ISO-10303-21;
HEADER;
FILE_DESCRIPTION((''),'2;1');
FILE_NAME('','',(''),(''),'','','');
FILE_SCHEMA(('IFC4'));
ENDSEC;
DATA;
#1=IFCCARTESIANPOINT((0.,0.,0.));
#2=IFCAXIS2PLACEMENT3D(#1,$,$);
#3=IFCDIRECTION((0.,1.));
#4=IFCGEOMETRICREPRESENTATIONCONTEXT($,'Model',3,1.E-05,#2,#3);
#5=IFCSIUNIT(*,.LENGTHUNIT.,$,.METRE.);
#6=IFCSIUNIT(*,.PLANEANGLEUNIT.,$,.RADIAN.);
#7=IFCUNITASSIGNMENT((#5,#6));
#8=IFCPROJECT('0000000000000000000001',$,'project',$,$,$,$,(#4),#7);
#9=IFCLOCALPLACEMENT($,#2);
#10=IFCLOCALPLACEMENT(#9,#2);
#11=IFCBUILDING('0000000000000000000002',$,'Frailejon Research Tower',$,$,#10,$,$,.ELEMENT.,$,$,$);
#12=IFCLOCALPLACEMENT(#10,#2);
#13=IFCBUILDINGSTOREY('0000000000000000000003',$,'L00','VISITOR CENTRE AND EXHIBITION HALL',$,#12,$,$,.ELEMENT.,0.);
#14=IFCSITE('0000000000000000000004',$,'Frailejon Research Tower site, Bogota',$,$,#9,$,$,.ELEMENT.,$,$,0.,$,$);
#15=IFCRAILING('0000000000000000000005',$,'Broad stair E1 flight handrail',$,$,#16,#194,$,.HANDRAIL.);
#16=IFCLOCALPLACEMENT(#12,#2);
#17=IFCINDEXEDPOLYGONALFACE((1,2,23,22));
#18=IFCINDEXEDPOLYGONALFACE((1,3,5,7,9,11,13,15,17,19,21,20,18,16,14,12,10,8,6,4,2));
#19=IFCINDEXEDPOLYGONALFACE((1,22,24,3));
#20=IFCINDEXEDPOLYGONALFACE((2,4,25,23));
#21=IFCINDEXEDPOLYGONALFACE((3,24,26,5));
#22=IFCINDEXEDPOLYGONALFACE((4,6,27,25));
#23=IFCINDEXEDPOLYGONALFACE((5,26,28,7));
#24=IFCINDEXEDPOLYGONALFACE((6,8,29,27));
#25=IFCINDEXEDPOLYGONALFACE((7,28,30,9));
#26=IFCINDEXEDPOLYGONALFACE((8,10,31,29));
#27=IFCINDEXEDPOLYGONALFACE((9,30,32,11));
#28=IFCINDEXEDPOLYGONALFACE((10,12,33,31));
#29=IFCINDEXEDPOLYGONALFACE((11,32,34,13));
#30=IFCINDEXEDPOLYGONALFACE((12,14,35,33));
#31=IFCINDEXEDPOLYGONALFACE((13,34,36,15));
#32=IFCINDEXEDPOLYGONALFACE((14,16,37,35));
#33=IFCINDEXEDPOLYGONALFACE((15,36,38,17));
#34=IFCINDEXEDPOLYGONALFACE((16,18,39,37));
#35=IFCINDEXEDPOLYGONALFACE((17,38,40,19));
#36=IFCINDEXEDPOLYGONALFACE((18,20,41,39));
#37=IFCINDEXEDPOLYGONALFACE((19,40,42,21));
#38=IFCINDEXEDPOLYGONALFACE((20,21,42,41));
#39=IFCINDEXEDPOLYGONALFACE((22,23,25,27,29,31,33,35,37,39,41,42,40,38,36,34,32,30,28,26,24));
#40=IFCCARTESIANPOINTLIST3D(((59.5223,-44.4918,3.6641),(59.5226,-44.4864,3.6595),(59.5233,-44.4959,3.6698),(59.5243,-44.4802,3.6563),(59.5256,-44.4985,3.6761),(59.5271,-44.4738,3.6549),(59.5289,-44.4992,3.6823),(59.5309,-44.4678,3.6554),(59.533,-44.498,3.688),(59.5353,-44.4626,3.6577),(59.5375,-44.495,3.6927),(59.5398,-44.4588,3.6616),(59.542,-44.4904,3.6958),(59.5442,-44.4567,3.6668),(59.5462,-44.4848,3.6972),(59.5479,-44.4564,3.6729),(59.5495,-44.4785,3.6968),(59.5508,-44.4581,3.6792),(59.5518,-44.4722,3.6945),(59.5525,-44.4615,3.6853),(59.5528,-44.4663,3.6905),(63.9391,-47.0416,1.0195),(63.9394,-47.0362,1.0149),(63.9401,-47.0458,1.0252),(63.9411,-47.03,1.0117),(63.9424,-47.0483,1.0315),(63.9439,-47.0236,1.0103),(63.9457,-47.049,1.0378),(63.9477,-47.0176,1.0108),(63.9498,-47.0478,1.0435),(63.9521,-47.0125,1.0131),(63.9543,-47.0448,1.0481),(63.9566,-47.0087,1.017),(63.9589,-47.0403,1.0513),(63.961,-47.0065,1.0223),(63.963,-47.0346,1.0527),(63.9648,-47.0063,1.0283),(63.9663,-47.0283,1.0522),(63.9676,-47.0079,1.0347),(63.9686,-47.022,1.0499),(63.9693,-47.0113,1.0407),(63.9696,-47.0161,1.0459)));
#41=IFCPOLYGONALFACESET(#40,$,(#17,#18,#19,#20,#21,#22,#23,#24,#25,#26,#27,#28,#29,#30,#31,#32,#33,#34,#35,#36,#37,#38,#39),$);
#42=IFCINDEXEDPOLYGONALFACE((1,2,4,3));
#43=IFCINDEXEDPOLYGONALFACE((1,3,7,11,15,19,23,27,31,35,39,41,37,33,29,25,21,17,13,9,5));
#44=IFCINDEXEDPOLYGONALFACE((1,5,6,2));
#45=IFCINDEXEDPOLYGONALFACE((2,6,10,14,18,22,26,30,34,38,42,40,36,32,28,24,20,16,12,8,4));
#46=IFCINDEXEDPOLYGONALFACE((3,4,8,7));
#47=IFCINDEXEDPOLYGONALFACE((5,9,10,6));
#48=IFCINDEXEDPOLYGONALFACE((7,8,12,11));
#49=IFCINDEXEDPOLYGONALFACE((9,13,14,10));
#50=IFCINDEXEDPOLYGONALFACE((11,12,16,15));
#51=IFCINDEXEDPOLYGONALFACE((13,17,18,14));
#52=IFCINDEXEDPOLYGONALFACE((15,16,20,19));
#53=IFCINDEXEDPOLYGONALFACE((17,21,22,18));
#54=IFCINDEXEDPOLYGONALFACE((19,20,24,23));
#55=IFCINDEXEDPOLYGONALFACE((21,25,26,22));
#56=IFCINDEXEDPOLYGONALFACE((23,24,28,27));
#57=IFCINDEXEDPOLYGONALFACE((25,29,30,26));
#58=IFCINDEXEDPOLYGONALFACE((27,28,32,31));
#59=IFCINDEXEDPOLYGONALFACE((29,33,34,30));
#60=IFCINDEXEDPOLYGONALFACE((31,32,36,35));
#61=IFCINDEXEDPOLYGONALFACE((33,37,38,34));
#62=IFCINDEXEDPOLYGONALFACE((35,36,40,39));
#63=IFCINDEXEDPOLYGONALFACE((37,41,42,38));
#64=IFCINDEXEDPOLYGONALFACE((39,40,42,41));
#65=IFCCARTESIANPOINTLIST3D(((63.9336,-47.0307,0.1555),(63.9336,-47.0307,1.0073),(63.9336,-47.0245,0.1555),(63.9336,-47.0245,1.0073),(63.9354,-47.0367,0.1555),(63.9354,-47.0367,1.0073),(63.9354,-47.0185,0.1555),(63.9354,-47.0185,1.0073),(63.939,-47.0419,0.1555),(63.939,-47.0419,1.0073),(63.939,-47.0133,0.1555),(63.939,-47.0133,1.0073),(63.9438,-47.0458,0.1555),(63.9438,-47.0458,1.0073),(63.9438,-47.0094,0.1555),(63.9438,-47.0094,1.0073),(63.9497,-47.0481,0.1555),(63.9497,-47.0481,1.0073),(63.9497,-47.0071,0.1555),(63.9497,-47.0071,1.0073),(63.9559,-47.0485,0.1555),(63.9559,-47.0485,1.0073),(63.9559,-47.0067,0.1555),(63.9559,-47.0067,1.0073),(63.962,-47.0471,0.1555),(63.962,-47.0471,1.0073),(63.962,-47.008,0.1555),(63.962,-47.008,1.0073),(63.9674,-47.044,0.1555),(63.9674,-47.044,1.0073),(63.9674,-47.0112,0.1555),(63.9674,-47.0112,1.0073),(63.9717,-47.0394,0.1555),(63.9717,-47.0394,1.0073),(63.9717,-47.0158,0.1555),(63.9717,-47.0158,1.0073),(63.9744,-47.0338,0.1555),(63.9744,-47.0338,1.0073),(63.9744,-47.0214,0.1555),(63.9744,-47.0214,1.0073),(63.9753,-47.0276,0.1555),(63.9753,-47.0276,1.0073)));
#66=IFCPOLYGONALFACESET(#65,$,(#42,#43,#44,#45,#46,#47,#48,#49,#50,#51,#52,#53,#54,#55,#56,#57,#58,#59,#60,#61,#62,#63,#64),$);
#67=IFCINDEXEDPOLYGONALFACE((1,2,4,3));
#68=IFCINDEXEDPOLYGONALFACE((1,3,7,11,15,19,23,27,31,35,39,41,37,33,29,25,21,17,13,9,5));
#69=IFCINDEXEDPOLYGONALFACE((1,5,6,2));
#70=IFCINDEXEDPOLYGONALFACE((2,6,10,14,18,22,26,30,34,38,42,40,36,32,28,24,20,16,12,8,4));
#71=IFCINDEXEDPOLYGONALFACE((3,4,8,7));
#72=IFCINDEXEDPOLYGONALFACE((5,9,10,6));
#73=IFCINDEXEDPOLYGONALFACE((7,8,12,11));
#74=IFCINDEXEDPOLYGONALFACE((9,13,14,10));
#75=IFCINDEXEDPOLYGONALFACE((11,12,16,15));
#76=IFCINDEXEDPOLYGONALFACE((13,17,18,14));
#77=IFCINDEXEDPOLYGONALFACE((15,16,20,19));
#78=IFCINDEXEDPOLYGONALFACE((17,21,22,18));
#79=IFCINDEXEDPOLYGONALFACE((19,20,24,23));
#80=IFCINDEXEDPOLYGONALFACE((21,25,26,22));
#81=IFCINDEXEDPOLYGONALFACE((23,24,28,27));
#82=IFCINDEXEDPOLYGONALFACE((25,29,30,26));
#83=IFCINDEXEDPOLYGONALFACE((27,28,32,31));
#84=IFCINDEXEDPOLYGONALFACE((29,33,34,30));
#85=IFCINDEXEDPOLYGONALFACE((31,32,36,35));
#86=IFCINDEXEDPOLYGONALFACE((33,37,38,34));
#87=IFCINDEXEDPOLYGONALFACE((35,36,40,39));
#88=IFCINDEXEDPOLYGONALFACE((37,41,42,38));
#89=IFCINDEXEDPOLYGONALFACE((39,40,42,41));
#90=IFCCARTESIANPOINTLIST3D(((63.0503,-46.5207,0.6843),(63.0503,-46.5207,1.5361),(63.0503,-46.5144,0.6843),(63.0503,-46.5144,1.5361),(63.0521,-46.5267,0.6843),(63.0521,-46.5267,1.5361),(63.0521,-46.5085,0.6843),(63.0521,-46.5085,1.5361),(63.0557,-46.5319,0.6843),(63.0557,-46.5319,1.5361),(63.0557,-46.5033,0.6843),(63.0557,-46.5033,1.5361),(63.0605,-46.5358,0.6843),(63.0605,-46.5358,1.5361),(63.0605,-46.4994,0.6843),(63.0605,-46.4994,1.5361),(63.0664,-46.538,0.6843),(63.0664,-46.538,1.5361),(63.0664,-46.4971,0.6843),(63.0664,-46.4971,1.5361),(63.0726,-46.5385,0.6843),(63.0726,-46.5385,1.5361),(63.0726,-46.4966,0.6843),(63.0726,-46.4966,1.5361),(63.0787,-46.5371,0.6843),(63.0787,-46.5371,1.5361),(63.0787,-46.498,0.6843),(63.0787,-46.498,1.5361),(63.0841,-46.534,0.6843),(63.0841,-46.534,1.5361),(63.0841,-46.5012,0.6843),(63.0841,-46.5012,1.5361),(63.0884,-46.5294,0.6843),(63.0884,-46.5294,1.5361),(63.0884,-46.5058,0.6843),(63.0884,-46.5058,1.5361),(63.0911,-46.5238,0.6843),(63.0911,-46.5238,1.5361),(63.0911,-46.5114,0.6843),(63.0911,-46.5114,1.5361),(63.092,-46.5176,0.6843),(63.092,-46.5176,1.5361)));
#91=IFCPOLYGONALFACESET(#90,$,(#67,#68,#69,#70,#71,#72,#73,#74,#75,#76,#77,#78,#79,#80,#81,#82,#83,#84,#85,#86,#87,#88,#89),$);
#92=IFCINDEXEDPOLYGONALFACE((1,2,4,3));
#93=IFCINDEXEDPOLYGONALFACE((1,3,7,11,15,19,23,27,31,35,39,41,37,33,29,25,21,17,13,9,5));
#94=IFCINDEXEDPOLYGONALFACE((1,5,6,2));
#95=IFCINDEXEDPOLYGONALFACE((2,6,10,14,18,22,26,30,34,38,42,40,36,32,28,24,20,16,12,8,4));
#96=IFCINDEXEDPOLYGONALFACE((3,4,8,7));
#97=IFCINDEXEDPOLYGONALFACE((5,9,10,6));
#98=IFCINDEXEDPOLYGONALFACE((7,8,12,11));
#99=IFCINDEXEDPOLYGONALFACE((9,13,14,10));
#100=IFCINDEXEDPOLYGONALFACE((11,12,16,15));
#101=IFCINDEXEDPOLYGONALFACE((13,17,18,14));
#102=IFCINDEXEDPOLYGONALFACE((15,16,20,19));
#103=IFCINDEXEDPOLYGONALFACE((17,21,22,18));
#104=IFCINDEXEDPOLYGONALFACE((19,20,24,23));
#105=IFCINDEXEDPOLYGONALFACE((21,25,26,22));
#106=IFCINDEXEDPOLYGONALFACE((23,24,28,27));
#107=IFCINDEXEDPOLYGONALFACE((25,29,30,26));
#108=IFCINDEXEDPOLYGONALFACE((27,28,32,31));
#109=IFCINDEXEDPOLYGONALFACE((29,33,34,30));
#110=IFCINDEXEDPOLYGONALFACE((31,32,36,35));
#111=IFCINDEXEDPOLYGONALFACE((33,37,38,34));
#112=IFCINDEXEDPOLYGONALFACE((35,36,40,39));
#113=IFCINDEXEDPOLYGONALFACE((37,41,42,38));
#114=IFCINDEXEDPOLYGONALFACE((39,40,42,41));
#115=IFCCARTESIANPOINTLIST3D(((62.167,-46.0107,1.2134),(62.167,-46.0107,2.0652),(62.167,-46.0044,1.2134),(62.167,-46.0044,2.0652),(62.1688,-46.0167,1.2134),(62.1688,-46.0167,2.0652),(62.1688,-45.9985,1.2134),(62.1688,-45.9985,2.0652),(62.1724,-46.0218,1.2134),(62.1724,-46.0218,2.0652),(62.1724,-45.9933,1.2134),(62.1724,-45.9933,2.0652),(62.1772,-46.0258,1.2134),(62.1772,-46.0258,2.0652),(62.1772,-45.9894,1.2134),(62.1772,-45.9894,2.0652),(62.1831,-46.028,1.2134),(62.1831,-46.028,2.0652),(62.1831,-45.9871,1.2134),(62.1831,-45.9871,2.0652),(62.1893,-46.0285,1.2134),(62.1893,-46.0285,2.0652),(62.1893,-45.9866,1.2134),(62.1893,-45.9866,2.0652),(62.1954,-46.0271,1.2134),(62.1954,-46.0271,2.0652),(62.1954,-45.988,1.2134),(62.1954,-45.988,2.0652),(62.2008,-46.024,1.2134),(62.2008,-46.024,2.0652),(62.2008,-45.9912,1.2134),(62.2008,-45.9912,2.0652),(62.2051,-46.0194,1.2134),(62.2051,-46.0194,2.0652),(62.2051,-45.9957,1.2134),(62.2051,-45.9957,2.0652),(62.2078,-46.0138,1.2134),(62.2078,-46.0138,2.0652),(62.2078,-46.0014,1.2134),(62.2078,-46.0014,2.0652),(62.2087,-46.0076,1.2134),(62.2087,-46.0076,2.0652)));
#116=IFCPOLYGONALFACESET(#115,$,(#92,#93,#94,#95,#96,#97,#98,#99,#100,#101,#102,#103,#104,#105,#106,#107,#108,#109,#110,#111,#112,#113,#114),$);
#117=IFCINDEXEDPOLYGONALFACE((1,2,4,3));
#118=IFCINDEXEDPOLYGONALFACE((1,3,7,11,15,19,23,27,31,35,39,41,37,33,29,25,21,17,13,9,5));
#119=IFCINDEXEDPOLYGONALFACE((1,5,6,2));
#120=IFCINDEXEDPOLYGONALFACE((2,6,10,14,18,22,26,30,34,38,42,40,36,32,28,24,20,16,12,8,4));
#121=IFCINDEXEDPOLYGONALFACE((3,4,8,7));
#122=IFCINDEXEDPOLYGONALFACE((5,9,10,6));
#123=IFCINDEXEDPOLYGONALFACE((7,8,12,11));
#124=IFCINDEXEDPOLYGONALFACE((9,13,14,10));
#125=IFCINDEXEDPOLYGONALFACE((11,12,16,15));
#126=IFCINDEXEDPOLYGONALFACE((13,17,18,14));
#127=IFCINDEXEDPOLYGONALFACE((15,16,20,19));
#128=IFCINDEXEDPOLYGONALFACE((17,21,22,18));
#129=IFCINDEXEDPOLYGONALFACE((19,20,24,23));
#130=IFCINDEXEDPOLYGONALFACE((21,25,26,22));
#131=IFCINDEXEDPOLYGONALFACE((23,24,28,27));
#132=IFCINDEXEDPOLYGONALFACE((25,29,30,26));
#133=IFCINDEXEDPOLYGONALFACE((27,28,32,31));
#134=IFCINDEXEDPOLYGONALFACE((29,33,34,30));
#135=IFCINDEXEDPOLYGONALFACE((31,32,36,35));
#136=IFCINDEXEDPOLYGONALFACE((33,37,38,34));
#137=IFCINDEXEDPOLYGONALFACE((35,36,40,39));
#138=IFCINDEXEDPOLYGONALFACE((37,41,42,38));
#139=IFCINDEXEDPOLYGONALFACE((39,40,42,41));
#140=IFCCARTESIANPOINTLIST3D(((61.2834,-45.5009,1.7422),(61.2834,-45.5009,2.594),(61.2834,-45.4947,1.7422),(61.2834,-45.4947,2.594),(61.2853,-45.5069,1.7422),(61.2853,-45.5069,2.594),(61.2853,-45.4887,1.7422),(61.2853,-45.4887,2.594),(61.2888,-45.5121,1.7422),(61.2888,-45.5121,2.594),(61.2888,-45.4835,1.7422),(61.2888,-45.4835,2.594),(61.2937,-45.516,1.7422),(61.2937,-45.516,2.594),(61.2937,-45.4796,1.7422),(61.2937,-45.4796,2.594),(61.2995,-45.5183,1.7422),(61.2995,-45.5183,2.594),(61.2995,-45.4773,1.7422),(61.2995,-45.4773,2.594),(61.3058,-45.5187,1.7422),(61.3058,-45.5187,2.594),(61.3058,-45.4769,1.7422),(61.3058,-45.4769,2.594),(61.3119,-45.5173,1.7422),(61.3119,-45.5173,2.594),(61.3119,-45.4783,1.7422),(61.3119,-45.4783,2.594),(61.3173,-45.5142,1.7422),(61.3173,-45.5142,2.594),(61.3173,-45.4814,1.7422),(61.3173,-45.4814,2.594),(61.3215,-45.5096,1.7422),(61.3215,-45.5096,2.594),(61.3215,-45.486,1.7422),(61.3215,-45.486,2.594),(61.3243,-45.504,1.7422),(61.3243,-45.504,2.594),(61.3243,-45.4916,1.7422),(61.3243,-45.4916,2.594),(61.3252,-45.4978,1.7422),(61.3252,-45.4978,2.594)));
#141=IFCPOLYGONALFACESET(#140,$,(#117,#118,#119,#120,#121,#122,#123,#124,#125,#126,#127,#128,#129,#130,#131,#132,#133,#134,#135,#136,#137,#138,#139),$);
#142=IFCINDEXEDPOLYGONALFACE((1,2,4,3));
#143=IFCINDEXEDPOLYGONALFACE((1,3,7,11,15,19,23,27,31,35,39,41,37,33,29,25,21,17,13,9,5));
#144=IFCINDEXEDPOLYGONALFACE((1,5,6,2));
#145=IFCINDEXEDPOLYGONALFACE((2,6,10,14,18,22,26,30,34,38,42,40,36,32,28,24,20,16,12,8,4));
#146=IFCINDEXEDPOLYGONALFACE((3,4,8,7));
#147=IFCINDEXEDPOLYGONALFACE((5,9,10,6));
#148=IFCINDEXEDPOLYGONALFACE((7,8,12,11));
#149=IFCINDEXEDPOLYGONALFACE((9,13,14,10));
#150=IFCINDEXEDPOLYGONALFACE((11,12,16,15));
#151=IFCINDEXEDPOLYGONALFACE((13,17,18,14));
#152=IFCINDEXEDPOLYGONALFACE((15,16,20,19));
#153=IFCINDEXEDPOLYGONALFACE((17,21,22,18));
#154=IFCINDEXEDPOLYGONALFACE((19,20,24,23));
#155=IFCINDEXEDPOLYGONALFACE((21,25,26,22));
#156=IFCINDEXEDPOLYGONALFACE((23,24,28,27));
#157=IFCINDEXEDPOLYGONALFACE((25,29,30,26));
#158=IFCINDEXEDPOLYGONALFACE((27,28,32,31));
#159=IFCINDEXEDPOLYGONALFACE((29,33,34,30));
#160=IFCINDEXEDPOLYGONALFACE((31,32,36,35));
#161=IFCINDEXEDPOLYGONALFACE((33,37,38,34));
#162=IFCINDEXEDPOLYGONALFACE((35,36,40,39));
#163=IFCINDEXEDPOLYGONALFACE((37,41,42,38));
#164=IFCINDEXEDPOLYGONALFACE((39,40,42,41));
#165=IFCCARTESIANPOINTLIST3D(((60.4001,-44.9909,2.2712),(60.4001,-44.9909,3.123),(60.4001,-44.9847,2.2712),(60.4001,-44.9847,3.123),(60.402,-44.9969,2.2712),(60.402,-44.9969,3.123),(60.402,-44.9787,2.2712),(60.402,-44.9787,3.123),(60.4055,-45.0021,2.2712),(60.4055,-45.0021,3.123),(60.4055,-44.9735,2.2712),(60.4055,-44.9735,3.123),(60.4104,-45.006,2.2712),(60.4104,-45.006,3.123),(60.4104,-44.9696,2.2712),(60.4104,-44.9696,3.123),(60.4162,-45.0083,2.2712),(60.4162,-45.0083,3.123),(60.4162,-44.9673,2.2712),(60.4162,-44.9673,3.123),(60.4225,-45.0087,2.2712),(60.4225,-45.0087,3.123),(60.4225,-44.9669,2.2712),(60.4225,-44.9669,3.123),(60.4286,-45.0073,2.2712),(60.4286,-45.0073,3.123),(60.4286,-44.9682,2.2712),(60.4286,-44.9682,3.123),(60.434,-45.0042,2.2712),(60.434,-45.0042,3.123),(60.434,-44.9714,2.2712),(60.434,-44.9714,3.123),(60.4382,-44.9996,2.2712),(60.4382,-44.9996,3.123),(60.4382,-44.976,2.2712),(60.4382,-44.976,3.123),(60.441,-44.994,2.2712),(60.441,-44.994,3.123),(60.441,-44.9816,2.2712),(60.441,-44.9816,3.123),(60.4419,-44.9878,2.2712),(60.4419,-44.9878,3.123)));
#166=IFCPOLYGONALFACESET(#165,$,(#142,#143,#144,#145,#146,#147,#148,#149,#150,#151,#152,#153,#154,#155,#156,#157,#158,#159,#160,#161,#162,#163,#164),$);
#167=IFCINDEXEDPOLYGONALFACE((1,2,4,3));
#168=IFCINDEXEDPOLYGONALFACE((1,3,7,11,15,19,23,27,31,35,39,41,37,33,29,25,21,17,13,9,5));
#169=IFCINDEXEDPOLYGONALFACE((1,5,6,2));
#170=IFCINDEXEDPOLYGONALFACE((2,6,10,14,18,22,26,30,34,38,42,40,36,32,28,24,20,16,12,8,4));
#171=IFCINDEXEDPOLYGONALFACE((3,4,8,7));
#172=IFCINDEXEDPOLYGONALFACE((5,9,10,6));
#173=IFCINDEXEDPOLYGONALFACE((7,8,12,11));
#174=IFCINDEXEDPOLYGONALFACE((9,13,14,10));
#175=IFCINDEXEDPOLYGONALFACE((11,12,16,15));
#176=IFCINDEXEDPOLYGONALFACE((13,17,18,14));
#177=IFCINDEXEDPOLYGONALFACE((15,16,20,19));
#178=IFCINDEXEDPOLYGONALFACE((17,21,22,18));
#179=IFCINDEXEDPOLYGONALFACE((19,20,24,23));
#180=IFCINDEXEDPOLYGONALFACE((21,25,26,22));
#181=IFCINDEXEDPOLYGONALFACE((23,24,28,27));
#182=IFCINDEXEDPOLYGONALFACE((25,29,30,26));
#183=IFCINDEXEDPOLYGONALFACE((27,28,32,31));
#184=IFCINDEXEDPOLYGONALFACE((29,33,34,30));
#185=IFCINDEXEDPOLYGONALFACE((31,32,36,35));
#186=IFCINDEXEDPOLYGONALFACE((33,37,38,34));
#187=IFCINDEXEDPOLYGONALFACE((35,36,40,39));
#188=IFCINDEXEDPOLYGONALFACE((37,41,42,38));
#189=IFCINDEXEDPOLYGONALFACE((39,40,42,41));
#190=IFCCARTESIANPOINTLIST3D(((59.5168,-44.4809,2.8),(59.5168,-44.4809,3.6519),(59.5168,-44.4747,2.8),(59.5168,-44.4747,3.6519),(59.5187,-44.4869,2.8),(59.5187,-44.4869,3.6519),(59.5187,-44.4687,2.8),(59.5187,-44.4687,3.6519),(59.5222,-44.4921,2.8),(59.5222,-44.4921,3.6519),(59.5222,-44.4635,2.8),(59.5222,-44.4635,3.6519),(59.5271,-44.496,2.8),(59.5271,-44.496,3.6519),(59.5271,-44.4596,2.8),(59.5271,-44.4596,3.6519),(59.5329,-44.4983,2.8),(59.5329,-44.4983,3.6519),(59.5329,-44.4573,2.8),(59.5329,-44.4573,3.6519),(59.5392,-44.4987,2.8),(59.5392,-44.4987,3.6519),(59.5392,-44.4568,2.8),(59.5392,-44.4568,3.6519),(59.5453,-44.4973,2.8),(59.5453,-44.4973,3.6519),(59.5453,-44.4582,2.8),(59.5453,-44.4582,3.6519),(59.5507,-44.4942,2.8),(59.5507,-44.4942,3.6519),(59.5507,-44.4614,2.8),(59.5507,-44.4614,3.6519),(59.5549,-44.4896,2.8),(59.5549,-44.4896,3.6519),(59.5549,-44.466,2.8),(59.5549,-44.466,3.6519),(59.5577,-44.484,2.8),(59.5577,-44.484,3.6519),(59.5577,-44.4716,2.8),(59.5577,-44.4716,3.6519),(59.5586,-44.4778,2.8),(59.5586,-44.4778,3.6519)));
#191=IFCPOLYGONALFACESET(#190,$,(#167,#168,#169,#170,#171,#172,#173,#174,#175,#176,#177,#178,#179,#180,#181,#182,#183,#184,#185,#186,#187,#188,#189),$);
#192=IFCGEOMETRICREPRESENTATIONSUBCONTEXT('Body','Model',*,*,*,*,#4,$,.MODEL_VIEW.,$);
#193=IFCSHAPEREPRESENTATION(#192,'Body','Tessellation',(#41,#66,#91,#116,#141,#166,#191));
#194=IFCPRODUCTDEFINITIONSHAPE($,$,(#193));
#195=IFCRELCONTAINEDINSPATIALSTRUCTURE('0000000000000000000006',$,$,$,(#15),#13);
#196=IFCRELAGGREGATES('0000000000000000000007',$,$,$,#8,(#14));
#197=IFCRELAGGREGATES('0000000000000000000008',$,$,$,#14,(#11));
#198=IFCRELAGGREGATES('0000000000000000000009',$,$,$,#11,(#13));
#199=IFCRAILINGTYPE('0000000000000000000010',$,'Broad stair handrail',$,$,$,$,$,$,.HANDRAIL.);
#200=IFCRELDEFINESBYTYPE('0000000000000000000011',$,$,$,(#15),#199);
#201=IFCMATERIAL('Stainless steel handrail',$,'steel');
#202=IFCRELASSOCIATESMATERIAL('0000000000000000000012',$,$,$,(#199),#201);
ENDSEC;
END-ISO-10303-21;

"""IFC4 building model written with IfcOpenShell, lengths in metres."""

from ifc_helpers import new_model, si_unit, direction, frame, origin, origin_2d, place, context, subcontext, project, spatial, circle, extrude, material, type_object, element, save


model = new_model("IFC4")

# Units and contexts
model_context = context("Model", 3, precision=1e-05, world=origin(), true_north=direction((0.0, 1.0)))
body_context = subcontext(model_context, "Body", "Model", "MODEL_VIEW")
ifc_project = project(units=[si_unit("LENGTHUNIT", "METRE"), si_unit("PLANEANGLEUNIT", "RADIAN")], contexts=[model_context])

# Site, building, storey
site_placement = place(None, origin())
site = spatial("IfcSite", under=ifc_project, at=site_placement, Name="Frailejon Research Tower site, Bogota", CompositionType="ELEMENT", RefElevation=0.0)
building_placement = place(site_placement, origin())
building = spatial("IfcBuilding", under=site, at=building_placement, Name="Frailejon Research Tower", CompositionType="ELEMENT")
storey_placement = place(building_placement, origin())
storey = spatial("IfcBuildingStorey", under=building, at=storey_placement, Name="L00", Description="VISITOR CENTRE AND EXHIBITION HALL", CompositionType="ELEMENT", Elevation=0.0)

# Railing
ifc_material_1 = material(Name="Stainless steel handrail", Category="steel")
railing_type_1 = type_object("IfcRailingType", Name="Broad stair handrail", PredefinedType="HANDRAIL", material=ifc_material_1)
for number, where, name in (
    (1, (63.9543, -47.0276, 0.1555), "Broad stair E1 flight handrail"),
):
    element("IfcRailing", number, at=place(storey_placement, frame(where)), inside=storey, type_object=railing_type_1, Name=name, PredefinedType="HANDRAIL", context=body_context, shape_type="SweptSolid", body=[
        extrude(circle(Radius=0.0239, at=origin_2d()), frame((0.0, 0.0, 0.876), z_axis=(-0.768826, 0.443846, 0.460335), x_axis=(-0.49997, -0.866043, 0.0)), (0.0, 0.0, 1.0), 5.7449),
        extrude(circle(Radius=0.021, at=origin_2d()), origin(), (0.0, 0.0, 1.0), 0.8518),
        extrude(circle(Radius=0.021, at=origin_2d()), frame((-0.8833, 0.51, 0.5288)), (0.0, 0.0, 1.0), 0.8518),
        extrude(circle(Radius=0.021, at=origin_2d()), frame((-1.7666, 1.02, 1.0579)), (0.0, 0.0, 1.0), 0.8518),
        extrude(circle(Radius=0.021, at=origin_2d()), frame((-2.6501, 1.5298, 1.5867)), (0.0, 0.0, 1.0), 0.8518),
        extrude(circle(Radius=0.021, at=origin_2d()), frame((-3.5334, 2.0398, 2.1157)), (0.0, 0.0, 1.0), 0.8518),
        extrude(circle(Radius=0.021, at=origin_2d()), frame((-4.4167, 2.5498, 2.6445)), (0.0, 0.0, 1.0), 0.8518),
    ])

save(model, "model.ifc")
